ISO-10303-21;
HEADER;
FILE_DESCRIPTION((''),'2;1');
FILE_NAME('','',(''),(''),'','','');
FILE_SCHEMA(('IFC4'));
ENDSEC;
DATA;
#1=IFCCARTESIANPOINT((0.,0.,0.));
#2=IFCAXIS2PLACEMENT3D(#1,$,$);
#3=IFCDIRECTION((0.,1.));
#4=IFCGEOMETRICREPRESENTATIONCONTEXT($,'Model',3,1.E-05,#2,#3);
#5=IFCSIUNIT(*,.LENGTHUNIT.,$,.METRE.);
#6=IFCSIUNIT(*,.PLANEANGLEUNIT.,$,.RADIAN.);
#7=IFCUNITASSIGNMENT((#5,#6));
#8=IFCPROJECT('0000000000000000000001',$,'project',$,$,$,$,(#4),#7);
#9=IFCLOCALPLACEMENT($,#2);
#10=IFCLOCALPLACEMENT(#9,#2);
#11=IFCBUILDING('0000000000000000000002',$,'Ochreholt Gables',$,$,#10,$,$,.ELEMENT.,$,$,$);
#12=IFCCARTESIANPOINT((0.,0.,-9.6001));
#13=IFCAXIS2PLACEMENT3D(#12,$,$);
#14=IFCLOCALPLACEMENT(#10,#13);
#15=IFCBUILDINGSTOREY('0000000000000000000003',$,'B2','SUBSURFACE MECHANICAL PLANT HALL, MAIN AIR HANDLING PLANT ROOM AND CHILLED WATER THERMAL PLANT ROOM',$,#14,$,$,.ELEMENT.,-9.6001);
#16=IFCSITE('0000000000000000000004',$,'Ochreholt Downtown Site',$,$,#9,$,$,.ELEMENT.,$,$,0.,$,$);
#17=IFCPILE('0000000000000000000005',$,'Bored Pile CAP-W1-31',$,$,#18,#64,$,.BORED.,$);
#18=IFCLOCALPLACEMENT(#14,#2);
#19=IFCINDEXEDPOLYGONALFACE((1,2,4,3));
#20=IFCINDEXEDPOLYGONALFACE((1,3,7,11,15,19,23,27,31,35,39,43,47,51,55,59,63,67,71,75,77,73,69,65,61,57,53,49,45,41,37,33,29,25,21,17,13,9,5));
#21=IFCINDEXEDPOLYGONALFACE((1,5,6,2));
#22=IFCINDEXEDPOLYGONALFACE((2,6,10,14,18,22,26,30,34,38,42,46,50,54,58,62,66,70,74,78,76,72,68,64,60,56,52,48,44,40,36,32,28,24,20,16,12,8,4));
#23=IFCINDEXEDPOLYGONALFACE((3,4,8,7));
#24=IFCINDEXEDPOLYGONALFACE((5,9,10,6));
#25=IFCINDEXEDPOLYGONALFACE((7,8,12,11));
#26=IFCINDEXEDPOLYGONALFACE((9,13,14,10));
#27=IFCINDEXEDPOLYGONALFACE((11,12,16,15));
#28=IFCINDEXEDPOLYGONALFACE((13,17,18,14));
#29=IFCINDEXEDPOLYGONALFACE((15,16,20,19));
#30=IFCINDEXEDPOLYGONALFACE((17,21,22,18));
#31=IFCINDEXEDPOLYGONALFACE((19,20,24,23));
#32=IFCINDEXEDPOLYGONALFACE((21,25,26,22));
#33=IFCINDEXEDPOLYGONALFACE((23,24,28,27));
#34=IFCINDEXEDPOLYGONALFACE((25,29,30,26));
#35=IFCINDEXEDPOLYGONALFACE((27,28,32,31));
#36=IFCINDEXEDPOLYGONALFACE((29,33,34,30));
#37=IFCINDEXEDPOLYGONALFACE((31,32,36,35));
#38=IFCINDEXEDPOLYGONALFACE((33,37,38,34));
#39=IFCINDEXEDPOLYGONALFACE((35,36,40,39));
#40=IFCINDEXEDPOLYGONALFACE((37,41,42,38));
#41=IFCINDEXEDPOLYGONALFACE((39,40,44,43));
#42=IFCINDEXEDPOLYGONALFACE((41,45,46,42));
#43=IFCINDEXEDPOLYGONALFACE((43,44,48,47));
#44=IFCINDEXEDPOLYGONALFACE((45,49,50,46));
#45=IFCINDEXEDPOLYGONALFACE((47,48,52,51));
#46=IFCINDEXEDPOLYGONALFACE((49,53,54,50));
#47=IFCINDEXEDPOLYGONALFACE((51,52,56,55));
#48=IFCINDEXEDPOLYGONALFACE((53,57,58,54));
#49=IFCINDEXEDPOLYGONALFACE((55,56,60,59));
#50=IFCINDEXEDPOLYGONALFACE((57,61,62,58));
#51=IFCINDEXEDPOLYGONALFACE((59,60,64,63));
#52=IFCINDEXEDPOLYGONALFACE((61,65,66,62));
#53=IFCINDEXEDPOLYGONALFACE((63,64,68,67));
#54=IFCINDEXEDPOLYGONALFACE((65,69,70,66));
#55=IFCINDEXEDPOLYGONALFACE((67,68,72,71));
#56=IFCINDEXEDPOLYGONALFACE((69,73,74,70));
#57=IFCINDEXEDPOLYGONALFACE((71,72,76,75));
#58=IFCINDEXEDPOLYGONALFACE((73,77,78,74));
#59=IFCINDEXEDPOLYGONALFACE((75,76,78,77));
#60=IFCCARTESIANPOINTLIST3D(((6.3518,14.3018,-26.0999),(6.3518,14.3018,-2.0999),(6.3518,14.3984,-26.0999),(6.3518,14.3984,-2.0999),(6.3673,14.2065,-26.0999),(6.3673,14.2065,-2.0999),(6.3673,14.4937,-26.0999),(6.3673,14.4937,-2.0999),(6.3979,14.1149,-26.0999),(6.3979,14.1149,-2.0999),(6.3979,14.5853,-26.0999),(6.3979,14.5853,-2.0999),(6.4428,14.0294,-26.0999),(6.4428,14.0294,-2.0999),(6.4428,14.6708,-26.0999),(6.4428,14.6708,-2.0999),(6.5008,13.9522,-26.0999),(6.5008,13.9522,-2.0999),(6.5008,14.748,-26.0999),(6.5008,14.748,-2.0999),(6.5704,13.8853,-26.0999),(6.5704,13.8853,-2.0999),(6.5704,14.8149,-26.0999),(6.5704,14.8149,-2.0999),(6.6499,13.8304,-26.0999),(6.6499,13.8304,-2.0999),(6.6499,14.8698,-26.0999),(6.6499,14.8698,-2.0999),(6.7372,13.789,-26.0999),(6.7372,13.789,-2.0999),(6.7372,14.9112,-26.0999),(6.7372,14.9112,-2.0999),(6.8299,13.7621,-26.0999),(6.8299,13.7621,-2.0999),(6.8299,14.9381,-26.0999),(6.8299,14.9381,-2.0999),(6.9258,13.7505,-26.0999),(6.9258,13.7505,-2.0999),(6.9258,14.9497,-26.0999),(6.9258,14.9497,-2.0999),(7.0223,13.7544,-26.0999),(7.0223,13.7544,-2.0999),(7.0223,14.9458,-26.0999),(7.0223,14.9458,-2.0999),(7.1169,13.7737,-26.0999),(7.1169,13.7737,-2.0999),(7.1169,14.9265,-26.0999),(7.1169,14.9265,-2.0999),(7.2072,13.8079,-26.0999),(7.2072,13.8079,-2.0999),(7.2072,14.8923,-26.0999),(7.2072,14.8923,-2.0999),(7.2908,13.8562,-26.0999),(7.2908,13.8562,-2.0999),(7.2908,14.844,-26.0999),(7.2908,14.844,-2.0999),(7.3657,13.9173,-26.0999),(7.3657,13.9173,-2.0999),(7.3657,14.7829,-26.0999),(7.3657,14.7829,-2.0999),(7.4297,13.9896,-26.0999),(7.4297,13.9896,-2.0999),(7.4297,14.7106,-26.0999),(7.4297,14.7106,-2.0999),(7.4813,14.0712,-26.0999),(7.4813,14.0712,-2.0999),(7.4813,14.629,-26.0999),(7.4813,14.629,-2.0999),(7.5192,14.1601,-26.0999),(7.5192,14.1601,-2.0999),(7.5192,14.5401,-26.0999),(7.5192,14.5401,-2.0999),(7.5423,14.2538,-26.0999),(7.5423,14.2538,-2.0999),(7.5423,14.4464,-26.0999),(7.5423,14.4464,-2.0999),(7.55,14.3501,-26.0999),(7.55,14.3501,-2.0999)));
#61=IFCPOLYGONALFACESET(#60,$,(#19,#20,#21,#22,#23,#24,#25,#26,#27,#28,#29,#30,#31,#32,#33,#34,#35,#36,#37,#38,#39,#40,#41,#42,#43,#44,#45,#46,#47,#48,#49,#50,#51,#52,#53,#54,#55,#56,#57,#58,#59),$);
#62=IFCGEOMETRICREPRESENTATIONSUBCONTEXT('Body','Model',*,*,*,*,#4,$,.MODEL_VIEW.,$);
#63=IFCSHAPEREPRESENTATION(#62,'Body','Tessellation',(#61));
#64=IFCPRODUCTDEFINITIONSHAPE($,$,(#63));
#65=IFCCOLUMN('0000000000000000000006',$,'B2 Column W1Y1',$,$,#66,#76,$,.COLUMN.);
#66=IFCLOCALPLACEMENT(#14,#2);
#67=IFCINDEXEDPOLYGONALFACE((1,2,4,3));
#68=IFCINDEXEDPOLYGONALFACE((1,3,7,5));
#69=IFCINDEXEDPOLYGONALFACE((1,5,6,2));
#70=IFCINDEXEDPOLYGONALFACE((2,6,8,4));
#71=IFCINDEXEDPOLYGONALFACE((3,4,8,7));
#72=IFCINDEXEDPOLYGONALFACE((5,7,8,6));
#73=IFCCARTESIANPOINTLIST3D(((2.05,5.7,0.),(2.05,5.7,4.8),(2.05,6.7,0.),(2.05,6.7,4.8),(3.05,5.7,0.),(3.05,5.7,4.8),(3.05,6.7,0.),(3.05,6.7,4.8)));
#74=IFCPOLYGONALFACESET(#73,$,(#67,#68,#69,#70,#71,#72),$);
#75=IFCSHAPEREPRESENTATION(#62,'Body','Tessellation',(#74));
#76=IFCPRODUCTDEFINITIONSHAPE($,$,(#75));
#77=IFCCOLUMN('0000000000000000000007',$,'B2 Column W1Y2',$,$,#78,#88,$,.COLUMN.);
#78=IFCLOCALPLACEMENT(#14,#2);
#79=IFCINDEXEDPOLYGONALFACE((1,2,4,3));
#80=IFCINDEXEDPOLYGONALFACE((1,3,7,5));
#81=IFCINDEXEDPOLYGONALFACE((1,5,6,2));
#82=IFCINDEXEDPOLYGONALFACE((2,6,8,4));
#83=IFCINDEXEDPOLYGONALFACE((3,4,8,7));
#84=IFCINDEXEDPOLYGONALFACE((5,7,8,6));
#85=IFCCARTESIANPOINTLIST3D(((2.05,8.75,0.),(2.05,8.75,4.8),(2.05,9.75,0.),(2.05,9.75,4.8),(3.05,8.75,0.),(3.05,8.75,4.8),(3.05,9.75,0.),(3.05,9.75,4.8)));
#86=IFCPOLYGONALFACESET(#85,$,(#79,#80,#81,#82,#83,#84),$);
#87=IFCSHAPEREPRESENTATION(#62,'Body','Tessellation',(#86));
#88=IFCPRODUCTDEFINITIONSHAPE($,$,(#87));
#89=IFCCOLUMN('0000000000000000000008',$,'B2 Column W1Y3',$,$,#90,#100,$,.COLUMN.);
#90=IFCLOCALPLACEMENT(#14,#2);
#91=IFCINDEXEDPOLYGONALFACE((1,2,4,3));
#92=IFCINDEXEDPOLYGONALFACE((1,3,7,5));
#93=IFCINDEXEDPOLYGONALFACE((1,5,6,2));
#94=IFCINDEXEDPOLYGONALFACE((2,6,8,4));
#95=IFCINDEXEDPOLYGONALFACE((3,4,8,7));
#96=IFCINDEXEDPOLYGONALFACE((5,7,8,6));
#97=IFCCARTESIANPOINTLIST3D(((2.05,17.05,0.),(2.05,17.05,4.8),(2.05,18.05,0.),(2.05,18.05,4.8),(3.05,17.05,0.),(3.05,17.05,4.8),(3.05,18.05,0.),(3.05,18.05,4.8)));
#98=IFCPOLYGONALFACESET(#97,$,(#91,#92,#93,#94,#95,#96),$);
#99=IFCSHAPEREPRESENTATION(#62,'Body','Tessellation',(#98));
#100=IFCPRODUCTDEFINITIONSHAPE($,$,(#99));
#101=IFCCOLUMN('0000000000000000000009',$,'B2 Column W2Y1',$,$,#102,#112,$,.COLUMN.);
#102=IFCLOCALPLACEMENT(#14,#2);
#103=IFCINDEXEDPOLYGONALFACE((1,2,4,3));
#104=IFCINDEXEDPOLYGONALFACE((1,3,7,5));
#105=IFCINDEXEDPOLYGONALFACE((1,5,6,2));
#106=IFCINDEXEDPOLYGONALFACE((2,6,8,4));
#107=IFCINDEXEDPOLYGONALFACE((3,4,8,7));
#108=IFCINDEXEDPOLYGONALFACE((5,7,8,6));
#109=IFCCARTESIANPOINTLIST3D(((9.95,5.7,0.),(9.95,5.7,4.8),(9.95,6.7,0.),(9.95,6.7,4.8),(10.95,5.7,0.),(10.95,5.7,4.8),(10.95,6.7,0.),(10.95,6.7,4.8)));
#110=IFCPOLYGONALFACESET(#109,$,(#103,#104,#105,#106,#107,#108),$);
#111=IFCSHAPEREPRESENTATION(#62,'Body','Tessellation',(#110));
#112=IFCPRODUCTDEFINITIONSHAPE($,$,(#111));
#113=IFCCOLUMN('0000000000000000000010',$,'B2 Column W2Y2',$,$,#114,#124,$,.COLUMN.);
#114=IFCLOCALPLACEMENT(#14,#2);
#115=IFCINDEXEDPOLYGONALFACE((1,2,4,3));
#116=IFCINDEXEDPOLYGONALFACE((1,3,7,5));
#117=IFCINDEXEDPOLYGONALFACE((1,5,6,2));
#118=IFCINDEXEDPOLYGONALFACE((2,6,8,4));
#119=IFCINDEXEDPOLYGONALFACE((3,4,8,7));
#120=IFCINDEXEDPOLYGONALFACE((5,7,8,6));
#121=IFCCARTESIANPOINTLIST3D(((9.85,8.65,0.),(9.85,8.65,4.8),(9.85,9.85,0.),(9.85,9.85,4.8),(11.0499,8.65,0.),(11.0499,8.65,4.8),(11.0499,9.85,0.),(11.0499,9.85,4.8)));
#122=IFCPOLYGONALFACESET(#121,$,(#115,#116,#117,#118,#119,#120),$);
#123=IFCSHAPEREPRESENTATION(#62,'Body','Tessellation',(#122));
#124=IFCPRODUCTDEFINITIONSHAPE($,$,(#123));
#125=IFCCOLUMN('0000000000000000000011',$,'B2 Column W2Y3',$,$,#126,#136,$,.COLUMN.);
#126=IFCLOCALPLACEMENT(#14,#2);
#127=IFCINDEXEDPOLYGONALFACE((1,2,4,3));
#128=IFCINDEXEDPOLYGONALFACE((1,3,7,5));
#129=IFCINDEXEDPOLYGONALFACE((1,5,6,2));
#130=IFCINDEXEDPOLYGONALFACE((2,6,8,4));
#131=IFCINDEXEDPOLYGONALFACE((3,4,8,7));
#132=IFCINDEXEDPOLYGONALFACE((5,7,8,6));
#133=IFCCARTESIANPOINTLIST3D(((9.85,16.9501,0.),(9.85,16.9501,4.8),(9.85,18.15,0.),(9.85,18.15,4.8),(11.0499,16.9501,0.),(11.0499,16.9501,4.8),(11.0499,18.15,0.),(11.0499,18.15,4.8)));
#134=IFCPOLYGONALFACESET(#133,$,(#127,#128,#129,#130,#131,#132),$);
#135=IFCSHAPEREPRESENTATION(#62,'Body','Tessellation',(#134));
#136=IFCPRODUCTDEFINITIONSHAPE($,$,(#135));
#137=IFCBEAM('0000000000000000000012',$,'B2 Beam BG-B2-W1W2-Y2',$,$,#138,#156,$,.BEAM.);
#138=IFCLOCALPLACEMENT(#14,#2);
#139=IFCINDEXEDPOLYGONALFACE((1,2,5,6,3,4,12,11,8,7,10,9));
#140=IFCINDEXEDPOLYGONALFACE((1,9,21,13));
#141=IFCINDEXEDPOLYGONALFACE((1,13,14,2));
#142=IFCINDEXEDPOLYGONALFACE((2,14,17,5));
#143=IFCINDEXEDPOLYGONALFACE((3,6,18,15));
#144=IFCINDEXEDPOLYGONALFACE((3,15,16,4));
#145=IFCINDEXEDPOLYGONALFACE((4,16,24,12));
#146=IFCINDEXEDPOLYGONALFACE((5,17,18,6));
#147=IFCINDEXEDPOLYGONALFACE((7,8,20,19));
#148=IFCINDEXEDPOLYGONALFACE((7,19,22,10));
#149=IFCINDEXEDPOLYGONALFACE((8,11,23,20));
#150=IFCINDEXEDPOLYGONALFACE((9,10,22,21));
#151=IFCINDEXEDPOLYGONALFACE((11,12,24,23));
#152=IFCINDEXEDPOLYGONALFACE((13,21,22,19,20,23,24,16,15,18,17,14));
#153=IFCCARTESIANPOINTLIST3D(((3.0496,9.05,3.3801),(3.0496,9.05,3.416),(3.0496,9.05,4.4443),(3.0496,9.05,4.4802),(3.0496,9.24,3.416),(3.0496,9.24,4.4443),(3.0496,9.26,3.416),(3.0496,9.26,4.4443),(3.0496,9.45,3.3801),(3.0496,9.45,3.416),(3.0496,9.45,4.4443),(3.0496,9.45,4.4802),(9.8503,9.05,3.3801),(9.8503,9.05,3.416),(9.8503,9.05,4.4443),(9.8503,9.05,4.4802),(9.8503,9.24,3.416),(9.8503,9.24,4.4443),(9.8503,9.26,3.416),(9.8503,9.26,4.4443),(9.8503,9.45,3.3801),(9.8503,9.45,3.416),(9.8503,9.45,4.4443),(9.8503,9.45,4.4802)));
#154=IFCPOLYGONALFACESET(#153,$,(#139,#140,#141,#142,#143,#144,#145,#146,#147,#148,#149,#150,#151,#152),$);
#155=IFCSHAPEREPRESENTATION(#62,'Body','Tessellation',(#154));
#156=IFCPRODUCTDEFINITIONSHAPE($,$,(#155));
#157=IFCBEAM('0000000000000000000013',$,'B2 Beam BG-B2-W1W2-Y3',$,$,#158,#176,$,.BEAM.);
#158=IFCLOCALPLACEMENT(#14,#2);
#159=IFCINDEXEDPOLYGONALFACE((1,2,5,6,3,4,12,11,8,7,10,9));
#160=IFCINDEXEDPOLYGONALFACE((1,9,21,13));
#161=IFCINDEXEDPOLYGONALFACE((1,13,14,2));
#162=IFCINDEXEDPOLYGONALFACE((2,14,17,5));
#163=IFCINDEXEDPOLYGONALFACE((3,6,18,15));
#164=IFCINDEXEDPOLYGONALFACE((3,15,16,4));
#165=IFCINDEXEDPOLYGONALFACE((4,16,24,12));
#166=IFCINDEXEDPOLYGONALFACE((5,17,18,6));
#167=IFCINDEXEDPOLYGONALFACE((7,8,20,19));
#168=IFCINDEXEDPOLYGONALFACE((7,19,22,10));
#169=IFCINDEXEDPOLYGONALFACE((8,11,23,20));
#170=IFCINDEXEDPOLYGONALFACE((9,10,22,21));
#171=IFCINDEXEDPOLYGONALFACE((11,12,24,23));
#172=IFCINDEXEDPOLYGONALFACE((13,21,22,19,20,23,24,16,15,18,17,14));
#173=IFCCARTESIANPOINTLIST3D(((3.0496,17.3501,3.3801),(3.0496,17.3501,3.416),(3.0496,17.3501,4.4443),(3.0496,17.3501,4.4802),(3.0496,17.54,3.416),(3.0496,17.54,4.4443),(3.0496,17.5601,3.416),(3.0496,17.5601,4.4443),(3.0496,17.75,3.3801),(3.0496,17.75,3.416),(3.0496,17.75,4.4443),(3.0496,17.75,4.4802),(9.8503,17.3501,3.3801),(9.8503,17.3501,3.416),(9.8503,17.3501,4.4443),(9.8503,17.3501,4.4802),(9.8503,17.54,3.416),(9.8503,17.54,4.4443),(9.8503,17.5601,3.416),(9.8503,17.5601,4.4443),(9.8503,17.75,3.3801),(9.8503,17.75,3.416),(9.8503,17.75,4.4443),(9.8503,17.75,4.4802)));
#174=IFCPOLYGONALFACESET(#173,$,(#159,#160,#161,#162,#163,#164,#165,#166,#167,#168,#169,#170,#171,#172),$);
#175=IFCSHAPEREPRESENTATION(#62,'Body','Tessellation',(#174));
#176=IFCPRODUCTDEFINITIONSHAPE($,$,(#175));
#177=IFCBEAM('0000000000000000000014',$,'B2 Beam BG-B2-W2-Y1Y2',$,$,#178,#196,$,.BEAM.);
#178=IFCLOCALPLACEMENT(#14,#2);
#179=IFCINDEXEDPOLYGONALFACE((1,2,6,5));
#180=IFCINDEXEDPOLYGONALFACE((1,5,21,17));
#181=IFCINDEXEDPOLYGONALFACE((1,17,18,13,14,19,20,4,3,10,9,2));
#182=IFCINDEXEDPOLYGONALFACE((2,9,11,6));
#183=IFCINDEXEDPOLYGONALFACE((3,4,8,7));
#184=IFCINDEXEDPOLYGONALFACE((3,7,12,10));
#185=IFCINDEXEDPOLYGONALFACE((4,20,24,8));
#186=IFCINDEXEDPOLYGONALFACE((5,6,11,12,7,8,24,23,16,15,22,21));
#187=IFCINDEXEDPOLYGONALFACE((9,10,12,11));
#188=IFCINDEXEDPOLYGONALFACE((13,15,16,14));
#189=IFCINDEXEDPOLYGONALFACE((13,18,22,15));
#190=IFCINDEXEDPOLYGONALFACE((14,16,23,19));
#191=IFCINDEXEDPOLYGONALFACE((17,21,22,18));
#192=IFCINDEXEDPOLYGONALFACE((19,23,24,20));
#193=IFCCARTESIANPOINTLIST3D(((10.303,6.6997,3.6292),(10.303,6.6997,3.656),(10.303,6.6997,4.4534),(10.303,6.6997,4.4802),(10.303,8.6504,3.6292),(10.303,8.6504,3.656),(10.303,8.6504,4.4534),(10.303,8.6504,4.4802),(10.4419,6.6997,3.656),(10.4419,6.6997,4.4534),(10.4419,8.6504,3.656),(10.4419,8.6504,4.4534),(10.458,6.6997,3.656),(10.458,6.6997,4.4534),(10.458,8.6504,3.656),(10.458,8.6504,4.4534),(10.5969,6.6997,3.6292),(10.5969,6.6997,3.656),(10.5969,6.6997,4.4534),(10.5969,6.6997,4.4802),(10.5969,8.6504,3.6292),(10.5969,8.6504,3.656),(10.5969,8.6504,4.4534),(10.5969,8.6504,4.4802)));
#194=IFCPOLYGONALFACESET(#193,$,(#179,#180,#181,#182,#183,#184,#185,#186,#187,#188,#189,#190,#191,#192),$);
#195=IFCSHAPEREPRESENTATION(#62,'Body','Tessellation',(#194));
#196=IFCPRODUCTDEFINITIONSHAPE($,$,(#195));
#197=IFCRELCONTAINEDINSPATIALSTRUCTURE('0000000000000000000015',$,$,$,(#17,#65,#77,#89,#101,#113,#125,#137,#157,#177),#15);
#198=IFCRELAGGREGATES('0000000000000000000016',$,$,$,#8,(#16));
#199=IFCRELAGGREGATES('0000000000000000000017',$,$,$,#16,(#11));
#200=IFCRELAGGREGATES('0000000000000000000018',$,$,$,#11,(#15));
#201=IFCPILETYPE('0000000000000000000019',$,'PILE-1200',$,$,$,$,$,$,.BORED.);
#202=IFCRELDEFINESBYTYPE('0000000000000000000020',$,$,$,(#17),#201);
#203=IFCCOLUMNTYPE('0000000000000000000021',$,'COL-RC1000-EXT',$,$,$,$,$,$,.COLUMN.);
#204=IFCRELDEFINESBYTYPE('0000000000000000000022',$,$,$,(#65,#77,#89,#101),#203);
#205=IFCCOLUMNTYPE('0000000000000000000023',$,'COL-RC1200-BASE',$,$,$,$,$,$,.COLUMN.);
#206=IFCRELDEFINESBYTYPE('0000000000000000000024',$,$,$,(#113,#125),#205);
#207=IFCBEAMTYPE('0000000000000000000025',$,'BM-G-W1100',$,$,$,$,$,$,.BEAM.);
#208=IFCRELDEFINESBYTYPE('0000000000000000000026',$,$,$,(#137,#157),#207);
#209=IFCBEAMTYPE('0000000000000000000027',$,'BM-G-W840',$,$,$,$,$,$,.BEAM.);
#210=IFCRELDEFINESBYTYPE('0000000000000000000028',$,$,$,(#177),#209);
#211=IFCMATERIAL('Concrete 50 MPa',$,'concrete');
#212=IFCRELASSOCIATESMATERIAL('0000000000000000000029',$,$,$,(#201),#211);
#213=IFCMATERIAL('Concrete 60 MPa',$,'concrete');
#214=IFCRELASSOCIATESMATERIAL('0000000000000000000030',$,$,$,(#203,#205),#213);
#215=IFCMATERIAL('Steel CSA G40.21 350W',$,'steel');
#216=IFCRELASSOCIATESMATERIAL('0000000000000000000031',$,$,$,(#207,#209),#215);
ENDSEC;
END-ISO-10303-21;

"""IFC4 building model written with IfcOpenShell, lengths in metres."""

from ifc_helpers import new_model, si_unit, direction, frame, origin, origin_2d, place, context, subcontext, project, spatial, rectangle, circle, i_section, extrude, material, material_profile, profile_set, type_object, element, save


model = new_model("IFC4")

# Units and contexts
model_context = context("Model", 3, precision=1e-05, world=origin(), true_north=direction((0.0, 1.0)))
body_context = subcontext(model_context, "Body", "Model", "MODEL_VIEW")
ifc_project = project(units=[si_unit("LENGTHUNIT", "METRE"), si_unit("PLANEANGLEUNIT", "RADIAN")], contexts=[model_context])

# Site, building, storey
site_placement = place(None, origin())
site = spatial("IfcSite", under=ifc_project, at=site_placement, Name="Ochreholt Downtown Site", CompositionType="ELEMENT", RefElevation=0.0)
building_placement = place(site_placement, origin())
building = spatial("IfcBuilding", under=site, at=building_placement, Name="Ochreholt Gables", CompositionType="ELEMENT")
storey_placement = place(building_placement, frame((0.0, 0.0, -9.6001)))
storey = spatial("IfcBuildingStorey", under=building, at=storey_placement, Name="B2", Description="SUBSURFACE MECHANICAL PLANT HALL, MAIN AIR HANDLING PLANT ROOM AND CHILLED WATER THERMAL PLANT ROOM", CompositionType="ELEMENT", Elevation=-9.6001)

# Shared definitions
ifc_material_1 = material(Name="Concrete 50 MPa", Category="concrete")

# Pile
ifc_material_profile_1 = material_profile(ifc_material_1, circle(Radius=0.6001, at=origin_2d()), Name="PILE1200")
ifc_profile_set_1 = profile_set([ifc_material_profile_1], Name="Concrete 50 MPa")
pile_type = type_object("IfcPileType", Name="PILE-1200", PredefinedType="BORED", material=ifc_profile_set_1)
pile_1_placement = place(storey_placement, frame((6.95, 14.3501, -2.0999), z_axis=(0.0, 0.0, -1.0), x_axis=(1.0, 0.0, 0.0)))
element("IfcPile", 1, at=pile_1_placement, inside=storey, type_object=pile_type, Name="Bored Pile CAP-W1-31", PredefinedType="BORED", context=body_context, shape_type="SweptSolid", body=[
    extrude(circle(Radius=0.6001, at=origin_2d()), origin(), (0.0, 0.0, 1.0), 24.0),
])

# Columns
ifc_material_2 = material(Name="Concrete 60 MPa", Category="concrete")
ifc_material_profile_2 = material_profile(ifc_material_2, rectangle(XDim=1.0, YDim=1.0, at=origin_2d()), Name="RC1000X1000")
ifc_profile_set_2 = profile_set([ifc_material_profile_2], Name="Concrete 60 MPa")
column_type_1 = type_object("IfcColumnType", Name="COL-RC1000-EXT", PredefinedType="COLUMN", material=ifc_profile_set_2)
for number, where, z_axis, x_axis, name in (
    (2, (2.55, 6.2, 0.0), (0.0, 0.0, 1.0), (1.0, 0.0, 0.0), "B2 Column W1Y1"),
    (3, (2.55, 9.25, 0.0), (0.0, 0.0, 1.0), (1.0, 0.0, 0.0), "B2 Column W1Y2"),
    (4, (2.55, 17.55, 0.0), (0.0, 0.0, 1.0), (1.0, 0.0, 0.0), "B2 Column W1Y3"),
    (5, (10.45, 6.2, 0.0), (0.0, 0.0, 1.0), (1.0, 0.0, 0.0), "B2 Column W2Y1"),
):
    element("IfcColumn", number, at=place(storey_placement, frame(where, z_axis=z_axis, x_axis=x_axis)), inside=storey, type_object=column_type_1, Name=name, PredefinedType="COLUMN", context=body_context, shape_type="SweptSolid", body=[
        extrude(rectangle(XDim=1.0, YDim=1.0, at=origin_2d()), origin(), (0.0, 0.0, 1.0), 4.8),
    ])
ifc_material_profile_3 = material_profile(ifc_material_2, rectangle(XDim=1.2, YDim=1.2, at=origin_2d()), Name="RC1200X1200")
ifc_profile_set_3 = profile_set([ifc_material_profile_3], Name="Concrete 60 MPa")
column_type_2 = type_object("IfcColumnType", Name="COL-RC1200-BASE", PredefinedType="COLUMN", material=ifc_profile_set_3)
for number, where, z_axis, x_axis, name in (
    (6, (10.45, 9.25, 0.0), (0.0, 0.0, 1.0), (1.0, 0.0, 0.0), "B2 Column W2Y2"),
    (7, (10.45, 17.55, 0.0), (0.0, 0.0, 1.0), (1.0, 0.0, 0.0), "B2 Column W2Y3"),
):
    element("IfcColumn", number, at=place(storey_placement, frame(where, z_axis=z_axis, x_axis=x_axis)), inside=storey, type_object=column_type_2, Name=name, PredefinedType="COLUMN", context=body_context, shape_type="SweptSolid", body=[
        extrude(rectangle(XDim=1.2, YDim=1.2, at=origin_2d()), origin(), (0.0, 0.0, 1.0), 4.8),
    ])

# Beams
ifc_material_3 = material(Name="Steel CSA G40.21 350W", Category="steel")
ifc_material_profile_4 = material_profile(ifc_material_3, i_section(OverallWidth=0.3999, OverallDepth=1.1001, WebThickness=0.02, FlangeThickness=0.0359, at=origin_2d()), Name="W1100X390")
ifc_profile_set_4 = profile_set([ifc_material_profile_4], Name="Steel CSA G40.21 350W")
beam_type_1 = type_object("IfcBeamType", Name="BM-G-W1100", PredefinedType="BEAM", material=ifc_profile_set_4)
for number, where, z_axis, x_axis, name in (
    (8, (3.0496, 9.25, 3.9302), (1.0, 0.0, 0.0), (0.0, 1.0, 0.0), "B2 Beam BG-B2-W1W2-Y2"),
    (9, (3.0496, 17.55, 3.9302), (1.0, 0.0, 0.0), (0.0, 1.0, 0.0), "B2 Beam BG-B2-W1W2-Y3"),
):
    element("IfcBeam", number, at=place(storey_placement, frame(where, z_axis=z_axis, x_axis=x_axis)), inside=storey, type_object=beam_type_1, Name=name, PredefinedType="BEAM", context=body_context, shape_type="SweptSolid", body=[
        extrude(i_section(OverallWidth=0.3999, OverallDepth=1.1001, WebThickness=0.02, FlangeThickness=0.0359, at=origin_2d()), origin(), (0.0, 0.0, 1.0), 6.8008),
    ])
ifc_material_profile_5 = material_profile(ifc_material_3, i_section(OverallWidth=0.2939, OverallDepth=0.8511, WebThickness=0.0161, FlangeThickness=0.0269, at=origin_2d()), Name="W840X226")
ifc_profile_set_5 = profile_set([ifc_material_profile_5], Name="Steel CSA G40.21 350W")
beam_type_2 = type_object("IfcBeamType", Name="BM-G-W840", PredefinedType="BEAM", material=ifc_profile_set_5)
beam_1_placement = place(storey_placement, frame((10.45, 6.6997, 4.0547), z_axis=(0.0, 1.0, 0.0), x_axis=(-1.0, 0.0, 0.0)))
element("IfcBeam", 10, at=beam_1_placement, inside=storey, type_object=beam_type_2, Name="B2 Beam BG-B2-W2-Y1Y2", PredefinedType="BEAM", context=body_context, shape_type="SweptSolid", body=[
    extrude(i_section(OverallWidth=0.2939, OverallDepth=0.8511, WebThickness=0.0161, FlangeThickness=0.0269, at=origin_2d()), origin(), (0.0, 0.0, 1.0), 1.9507),
])

save(model, "model.ifc")
